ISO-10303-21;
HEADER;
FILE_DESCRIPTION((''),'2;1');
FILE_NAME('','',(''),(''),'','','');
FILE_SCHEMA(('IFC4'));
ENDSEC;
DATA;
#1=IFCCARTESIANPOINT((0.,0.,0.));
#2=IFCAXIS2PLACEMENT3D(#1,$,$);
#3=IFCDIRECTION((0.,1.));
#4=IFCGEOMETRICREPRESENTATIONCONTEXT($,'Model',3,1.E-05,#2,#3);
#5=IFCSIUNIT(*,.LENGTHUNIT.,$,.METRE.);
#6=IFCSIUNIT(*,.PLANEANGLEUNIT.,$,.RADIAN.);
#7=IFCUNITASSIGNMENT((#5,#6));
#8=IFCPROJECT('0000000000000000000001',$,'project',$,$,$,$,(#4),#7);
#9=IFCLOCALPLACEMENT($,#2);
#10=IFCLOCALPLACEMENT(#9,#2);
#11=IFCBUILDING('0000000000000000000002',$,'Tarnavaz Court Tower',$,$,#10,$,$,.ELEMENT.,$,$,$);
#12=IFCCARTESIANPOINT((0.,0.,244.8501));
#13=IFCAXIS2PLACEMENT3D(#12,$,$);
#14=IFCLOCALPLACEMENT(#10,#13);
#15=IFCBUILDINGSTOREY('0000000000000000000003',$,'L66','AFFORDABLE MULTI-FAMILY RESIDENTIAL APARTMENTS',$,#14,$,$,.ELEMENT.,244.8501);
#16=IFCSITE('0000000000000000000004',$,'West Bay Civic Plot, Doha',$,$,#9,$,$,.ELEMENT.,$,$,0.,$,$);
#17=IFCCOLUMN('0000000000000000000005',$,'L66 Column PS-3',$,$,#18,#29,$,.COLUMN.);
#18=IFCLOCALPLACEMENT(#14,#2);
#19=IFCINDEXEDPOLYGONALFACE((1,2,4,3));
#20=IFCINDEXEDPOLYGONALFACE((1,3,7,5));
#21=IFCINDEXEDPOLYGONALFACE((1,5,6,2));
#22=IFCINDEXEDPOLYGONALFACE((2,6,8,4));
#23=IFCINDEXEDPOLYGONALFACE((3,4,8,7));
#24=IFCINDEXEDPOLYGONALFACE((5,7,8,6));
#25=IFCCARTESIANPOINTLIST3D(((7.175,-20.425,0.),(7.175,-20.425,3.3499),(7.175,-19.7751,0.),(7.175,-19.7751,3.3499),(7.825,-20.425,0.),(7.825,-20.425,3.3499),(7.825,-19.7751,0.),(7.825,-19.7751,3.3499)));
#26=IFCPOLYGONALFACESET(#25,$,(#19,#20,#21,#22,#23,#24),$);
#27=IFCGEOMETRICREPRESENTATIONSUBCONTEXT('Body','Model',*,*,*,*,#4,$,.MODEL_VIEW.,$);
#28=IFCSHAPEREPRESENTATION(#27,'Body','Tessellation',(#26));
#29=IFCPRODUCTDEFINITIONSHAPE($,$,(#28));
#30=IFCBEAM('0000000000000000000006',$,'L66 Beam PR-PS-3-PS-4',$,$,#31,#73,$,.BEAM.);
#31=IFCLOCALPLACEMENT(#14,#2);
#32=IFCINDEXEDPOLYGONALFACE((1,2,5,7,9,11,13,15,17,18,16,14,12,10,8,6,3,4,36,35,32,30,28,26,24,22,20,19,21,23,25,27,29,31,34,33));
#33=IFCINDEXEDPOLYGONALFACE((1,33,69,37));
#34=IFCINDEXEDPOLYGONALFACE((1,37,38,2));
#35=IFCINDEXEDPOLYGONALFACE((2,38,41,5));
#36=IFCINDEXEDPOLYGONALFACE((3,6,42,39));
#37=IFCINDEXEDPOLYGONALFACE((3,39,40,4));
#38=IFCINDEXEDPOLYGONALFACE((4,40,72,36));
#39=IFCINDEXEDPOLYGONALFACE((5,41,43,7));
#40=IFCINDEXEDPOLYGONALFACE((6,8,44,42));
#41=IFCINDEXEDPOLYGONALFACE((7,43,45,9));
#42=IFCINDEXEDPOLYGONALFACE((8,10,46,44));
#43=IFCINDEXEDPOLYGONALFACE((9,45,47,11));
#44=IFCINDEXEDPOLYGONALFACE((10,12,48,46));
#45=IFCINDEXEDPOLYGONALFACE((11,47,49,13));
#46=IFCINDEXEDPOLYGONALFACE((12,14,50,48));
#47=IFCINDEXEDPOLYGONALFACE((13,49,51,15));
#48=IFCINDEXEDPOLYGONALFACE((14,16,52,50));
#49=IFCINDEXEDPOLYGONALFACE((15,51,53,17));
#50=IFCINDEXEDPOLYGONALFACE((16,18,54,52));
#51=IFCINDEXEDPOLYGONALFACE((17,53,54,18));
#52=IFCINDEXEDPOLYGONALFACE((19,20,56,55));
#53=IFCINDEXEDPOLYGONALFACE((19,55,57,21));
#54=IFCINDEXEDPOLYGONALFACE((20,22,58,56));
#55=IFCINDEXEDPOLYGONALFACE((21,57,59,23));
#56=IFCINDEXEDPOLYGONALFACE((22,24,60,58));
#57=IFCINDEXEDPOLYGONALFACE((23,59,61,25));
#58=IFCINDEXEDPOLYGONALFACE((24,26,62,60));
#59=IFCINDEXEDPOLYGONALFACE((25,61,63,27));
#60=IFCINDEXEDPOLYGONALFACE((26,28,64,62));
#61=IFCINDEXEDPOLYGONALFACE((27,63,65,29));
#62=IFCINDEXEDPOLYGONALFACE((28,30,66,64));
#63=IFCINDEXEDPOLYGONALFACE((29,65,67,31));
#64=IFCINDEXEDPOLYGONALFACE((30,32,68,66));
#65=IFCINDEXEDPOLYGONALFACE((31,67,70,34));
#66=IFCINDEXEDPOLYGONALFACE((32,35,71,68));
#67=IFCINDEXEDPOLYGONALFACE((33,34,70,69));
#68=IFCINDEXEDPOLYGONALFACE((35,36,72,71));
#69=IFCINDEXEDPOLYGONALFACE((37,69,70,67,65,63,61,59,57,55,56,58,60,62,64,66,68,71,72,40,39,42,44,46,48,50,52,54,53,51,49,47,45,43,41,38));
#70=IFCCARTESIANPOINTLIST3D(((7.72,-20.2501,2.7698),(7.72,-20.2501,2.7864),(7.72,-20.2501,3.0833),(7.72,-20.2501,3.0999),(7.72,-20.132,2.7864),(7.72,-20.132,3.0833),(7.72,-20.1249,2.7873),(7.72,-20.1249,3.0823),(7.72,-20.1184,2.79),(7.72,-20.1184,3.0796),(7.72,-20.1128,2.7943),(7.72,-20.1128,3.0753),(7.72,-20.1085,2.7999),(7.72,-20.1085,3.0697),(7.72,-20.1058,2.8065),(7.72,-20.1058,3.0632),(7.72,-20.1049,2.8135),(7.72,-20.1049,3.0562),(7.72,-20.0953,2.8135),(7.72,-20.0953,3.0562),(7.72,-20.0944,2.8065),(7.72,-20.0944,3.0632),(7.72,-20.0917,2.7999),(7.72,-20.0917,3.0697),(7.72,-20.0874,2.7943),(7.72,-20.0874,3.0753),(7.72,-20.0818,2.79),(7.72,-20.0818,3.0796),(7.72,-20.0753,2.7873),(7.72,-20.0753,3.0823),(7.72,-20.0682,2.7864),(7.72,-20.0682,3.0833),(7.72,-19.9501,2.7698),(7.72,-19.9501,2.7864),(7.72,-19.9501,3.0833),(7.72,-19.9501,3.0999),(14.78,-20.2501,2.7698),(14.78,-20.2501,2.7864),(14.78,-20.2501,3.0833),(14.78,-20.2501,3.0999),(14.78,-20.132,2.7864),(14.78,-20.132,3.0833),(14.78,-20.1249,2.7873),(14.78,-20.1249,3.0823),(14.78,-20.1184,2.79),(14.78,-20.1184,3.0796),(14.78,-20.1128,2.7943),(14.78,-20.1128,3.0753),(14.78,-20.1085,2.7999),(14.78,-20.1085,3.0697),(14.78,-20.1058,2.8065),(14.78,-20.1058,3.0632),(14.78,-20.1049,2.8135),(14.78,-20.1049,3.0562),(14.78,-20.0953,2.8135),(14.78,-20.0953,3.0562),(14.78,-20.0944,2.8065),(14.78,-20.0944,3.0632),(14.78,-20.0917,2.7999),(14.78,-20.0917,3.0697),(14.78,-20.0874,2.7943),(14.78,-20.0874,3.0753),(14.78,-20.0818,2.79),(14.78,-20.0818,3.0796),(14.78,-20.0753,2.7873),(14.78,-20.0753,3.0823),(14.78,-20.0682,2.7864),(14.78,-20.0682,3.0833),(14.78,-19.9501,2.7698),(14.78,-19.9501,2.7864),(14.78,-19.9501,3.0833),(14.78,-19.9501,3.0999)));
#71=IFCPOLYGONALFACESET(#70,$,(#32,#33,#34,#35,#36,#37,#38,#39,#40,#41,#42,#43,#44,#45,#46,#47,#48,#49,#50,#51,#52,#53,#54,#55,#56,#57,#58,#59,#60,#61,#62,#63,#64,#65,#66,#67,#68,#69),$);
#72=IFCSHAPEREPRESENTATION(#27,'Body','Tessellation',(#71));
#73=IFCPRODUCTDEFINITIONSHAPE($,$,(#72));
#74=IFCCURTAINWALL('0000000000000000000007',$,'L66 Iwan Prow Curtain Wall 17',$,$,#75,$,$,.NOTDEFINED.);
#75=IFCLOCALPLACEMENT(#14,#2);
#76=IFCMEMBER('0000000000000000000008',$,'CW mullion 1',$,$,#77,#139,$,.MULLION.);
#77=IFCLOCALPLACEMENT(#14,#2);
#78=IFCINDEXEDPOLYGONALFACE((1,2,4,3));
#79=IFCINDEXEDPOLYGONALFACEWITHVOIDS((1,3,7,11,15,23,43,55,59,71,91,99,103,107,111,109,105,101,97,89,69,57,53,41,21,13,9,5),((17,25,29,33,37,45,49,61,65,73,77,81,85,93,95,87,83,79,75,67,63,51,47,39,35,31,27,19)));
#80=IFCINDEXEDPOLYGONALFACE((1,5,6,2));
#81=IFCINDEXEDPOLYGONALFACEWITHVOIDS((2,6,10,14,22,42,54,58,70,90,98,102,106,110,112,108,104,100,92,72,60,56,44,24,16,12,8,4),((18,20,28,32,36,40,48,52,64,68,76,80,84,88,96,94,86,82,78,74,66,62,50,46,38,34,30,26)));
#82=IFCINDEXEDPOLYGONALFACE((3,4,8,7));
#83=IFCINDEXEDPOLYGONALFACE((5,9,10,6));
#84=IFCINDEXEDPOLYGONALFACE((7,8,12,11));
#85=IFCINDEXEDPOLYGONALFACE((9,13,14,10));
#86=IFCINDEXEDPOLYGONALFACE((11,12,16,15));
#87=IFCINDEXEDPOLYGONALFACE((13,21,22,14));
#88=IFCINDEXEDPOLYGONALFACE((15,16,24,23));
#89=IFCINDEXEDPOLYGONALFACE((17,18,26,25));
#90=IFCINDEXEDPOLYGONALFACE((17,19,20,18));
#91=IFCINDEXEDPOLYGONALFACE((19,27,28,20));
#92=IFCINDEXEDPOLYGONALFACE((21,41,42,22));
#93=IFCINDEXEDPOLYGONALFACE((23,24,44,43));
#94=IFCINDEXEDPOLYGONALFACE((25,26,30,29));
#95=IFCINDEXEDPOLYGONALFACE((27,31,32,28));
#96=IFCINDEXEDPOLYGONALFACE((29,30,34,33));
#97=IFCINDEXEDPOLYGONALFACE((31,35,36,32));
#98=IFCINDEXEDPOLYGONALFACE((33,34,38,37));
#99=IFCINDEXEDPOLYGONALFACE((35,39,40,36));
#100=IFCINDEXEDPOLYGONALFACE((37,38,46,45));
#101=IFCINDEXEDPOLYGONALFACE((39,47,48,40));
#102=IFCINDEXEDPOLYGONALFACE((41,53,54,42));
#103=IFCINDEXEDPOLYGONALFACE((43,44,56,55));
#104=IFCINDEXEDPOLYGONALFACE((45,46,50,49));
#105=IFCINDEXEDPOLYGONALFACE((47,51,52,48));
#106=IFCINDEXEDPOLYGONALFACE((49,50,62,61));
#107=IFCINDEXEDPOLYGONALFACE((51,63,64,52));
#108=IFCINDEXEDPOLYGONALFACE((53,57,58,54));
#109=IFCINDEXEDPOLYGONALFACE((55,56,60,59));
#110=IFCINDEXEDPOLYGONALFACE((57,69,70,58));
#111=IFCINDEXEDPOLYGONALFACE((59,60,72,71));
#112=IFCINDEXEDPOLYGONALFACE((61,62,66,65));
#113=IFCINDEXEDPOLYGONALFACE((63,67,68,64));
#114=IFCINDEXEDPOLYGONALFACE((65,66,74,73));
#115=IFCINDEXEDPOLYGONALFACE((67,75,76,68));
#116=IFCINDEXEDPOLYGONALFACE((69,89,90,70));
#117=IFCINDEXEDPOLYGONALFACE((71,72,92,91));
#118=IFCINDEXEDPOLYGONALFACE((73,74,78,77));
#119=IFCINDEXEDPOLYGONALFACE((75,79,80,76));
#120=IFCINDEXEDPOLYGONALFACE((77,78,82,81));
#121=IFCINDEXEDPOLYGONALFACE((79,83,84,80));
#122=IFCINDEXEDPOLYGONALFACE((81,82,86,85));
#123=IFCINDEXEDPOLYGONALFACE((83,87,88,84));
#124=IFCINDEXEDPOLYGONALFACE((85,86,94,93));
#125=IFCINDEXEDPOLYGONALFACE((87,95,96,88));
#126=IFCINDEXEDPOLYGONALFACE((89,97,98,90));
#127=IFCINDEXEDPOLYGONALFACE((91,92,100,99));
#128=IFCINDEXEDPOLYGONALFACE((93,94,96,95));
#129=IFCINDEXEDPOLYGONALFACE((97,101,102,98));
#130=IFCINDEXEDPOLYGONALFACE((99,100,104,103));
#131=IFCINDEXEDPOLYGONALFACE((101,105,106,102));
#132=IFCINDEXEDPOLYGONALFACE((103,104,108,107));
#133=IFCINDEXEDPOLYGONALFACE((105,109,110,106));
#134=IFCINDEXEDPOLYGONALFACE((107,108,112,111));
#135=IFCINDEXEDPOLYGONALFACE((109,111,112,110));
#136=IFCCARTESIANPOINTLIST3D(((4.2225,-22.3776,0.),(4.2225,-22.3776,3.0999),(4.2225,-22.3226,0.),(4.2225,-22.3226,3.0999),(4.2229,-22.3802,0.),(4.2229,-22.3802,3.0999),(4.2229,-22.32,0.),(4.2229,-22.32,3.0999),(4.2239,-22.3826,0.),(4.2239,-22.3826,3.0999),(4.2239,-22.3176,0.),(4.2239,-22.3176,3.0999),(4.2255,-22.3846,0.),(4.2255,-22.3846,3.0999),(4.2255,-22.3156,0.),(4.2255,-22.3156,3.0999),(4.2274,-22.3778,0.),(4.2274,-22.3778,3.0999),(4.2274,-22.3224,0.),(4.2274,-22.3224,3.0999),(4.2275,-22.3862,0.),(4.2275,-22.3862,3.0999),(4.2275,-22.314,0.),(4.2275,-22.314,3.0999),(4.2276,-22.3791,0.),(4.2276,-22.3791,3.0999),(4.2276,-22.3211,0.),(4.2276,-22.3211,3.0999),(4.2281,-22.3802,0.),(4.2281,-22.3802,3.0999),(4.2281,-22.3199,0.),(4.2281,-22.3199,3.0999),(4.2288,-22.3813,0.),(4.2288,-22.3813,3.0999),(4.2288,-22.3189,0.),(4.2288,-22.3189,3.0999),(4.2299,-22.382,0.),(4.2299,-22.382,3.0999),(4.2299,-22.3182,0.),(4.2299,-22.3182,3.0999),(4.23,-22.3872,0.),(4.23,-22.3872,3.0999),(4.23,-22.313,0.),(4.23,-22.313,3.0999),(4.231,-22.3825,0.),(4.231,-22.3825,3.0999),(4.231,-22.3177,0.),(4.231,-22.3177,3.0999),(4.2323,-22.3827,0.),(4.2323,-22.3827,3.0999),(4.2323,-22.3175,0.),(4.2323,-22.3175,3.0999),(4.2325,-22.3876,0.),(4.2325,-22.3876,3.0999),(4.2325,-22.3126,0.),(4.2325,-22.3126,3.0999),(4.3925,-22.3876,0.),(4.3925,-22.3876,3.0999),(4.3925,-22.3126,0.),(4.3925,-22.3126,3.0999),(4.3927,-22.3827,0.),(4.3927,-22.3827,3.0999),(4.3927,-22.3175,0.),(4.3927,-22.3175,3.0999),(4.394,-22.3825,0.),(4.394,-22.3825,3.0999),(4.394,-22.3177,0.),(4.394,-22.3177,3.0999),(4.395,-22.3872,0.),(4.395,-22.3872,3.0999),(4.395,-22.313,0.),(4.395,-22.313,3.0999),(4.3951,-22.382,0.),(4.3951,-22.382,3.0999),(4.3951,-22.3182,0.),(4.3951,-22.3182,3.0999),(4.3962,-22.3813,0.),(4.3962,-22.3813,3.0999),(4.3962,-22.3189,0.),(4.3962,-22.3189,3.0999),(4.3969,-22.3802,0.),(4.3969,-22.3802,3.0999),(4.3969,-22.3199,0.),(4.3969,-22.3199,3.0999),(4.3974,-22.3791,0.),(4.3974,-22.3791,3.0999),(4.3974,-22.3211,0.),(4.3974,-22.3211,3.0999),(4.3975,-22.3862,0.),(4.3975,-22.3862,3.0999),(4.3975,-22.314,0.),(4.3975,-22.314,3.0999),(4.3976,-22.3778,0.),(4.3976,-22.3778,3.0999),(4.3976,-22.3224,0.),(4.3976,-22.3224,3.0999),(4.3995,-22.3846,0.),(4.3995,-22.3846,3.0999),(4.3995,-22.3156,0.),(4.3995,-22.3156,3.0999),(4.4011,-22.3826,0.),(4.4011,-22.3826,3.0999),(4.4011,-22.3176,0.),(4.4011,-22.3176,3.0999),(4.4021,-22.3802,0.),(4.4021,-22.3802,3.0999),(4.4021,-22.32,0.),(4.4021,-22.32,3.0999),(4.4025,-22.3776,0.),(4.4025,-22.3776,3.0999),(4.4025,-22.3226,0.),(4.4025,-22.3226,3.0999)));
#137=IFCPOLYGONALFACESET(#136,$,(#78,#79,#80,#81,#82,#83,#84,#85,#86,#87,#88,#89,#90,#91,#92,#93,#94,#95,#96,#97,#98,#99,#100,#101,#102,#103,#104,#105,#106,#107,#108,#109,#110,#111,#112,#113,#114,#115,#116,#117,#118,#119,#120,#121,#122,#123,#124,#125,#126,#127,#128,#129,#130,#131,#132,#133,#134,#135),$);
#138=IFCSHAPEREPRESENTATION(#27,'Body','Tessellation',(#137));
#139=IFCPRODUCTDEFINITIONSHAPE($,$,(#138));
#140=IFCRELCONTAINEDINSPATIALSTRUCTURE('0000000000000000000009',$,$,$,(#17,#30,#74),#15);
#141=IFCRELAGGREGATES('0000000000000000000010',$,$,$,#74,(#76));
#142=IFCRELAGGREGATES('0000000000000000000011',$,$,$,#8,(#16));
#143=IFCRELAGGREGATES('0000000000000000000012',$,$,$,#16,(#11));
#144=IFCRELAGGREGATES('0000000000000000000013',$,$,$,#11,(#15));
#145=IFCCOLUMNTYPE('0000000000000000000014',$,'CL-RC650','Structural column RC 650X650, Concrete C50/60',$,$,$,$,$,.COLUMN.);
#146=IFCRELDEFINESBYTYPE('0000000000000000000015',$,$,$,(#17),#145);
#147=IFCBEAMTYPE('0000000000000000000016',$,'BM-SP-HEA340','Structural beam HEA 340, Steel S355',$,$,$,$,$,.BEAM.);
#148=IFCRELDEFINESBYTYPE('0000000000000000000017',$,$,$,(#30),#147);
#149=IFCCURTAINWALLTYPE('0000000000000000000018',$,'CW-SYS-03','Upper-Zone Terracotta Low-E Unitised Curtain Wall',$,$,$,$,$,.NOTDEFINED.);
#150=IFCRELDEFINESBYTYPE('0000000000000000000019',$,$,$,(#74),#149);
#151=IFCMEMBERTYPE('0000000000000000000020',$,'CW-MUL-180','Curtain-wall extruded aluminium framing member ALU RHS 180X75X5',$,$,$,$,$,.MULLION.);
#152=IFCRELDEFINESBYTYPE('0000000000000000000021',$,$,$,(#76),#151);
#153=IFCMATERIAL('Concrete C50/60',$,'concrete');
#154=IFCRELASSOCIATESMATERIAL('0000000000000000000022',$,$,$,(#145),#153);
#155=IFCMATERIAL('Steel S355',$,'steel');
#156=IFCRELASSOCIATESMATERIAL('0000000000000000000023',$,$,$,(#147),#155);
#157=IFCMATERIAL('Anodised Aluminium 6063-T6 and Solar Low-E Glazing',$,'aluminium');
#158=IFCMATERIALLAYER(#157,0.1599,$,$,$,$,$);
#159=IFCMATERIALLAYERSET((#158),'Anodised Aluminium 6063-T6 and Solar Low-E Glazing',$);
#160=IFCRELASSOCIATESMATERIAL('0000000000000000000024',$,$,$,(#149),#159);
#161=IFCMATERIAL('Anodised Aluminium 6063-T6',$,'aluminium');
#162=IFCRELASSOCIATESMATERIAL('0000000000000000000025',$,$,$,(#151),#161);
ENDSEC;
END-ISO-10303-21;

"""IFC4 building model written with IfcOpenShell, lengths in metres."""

from ifc_helpers import new_model, si_unit, direction, frame, origin, origin_2d, place, context, subcontext, project, spatial, rectangle, hollow_rectangle, i_section, extrude, material, layer, layer_set, material_profile, profile_set, type_object, element, aggregate, save


model = new_model("IFC4")

# Units and contexts
model_context = context("Model", 3, precision=1e-05, world=origin(), true_north=direction((0.0, 1.0)))
body_context = subcontext(model_context, "Body", "Model", "MODEL_VIEW")
ifc_project = project(units=[si_unit("LENGTHUNIT", "METRE"), si_unit("PLANEANGLEUNIT", "RADIAN")], contexts=[model_context])

# Site, building, storey
site_placement = place(None, origin())
site = spatial("IfcSite", under=ifc_project, at=site_placement, Name="West Bay Civic Plot, Doha", CompositionType="ELEMENT", RefElevation=0.0)
building_placement = place(site_placement, origin())
building = spatial("IfcBuilding", under=site, at=building_placement, Name="Tarnavaz Court Tower", CompositionType="ELEMENT")
storey_placement = place(building_placement, frame((0.0, 0.0, 244.8501)))
storey = spatial("IfcBuildingStorey", under=building, at=storey_placement, Name="L66", Description="AFFORDABLE MULTI-FAMILY RESIDENTIAL APARTMENTS", CompositionType="ELEMENT", Elevation=244.8501)

# Column
ifc_material_1 = material(Name="Concrete C50/60", Category="concrete")
ifc_material_profile_1 = material_profile(ifc_material_1, rectangle(XDim=0.6499, YDim=0.6499, at=origin_2d()), Name="RC 650X650")
ifc_profile_set_1 = profile_set([ifc_material_profile_1], Name="Concrete C50/60")
column_type = type_object("IfcColumnType", Name="CL-RC650", Description="Structural column RC 650X650, Concrete C50/60", PredefinedType="COLUMN", material=ifc_profile_set_1)
column_placement = place(storey_placement, frame((7.5, -20.1001, 0.0), z_axis=(0.0, 0.0, 1.0), x_axis=(1.0, 0.0, 0.0)))
element("IfcColumn", 1, at=column_placement, inside=storey, type_object=column_type, Name="L66 Column PS-3", PredefinedType="COLUMN", context=body_context, shape_type="SweptSolid", body=[
    extrude(rectangle(XDim=0.6499, YDim=0.6499, at=origin_2d()), origin(), (0.0, 0.0, 1.0), 3.3499),
])

# Beam
ifc_material_2 = material(Name="Steel S355", Category="steel")
ifc_material_profile_2 = material_profile(ifc_material_2, i_section(OverallWidth=0.3, OverallDepth=0.3301, WebThickness=0.0095, FlangeThickness=0.0166, FilletRadius=0.0271, at=origin_2d()), Name="HEA 340")
ifc_profile_set_2 = profile_set([ifc_material_profile_2], Name="Steel S355")
beam_type = type_object("IfcBeamType", Name="BM-SP-HEA340", Description="Structural beam HEA 340, Steel S355", PredefinedType="BEAM", material=ifc_profile_set_2)
beam_placement = place(storey_placement, frame((7.72, -20.1001, 2.9348), z_axis=(1.0, 0.0, 0.0), x_axis=(0.0, 1.0, 0.0)))
element("IfcBeam", 2, at=beam_placement, inside=storey, type_object=beam_type, Name="L66 Beam PR-PS-3-PS-4", PredefinedType="BEAM", context=body_context, shape_type="SweptSolid", body=[
    extrude(i_section(OverallWidth=0.3, OverallDepth=0.3301, WebThickness=0.0095, FlangeThickness=0.0166, FilletRadius=0.0271, at=origin_2d()), origin(), (0.0, 0.0, 1.0), 7.0601),
])

# Curtain wall, member
ifc_material_3 = material(Name="Anodised Aluminium 6063-T6 and Solar Low-E Glazing", Category="aluminium")
ifc_layer_1 = layer(ifc_material_3, 0.1599)
ifc_layer_set_1 = layer_set([ifc_layer_1], Name="Anodised Aluminium 6063-T6 and Solar Low-E Glazing")
curtain_wall_type = type_object("IfcCurtainWallType", Name="CW-SYS-03", Description="Upper-Zone Terracotta Low-E Unitised Curtain Wall", PredefinedType="NOTDEFINED", material=ifc_layer_set_1)
curtain_wall_placement = place(storey_placement, origin())
curtain_wall = element("IfcCurtainWall", 3, at=curtain_wall_placement, inside=storey, type_object=curtain_wall_type, Name="L66 Iwan Prow Curtain Wall 17", PredefinedType="NOTDEFINED")
ifc_material_4 = material(Name="Anodised Aluminium 6063-T6", Category="aluminium")
ifc_material_profile_3 = material_profile(ifc_material_4, hollow_rectangle(XDim=0.075, YDim=0.1799, WallThickness=0.0049, InnerFilletRadius=0.0049, OuterFilletRadius=0.01, at=origin_2d()), Name="ALU RHS 180X75X5")
ifc_profile_set_3 = profile_set([ifc_material_profile_3], Name="Anodised Aluminium 6063-T6")
member_type_1 = type_object("IfcMemberType", Name="CW-MUL-180", Description="Curtain-wall extruded aluminium framing member ALU RHS 180X75X5", PredefinedType="MULLION", material=ifc_profile_set_3)
member_1_placement = place(storey_placement, frame((4.3125, -22.3501, 0.0), z_axis=(0.0, 0.0, 1.0), x_axis=(0.0, -1.0, 0.0)))
member_1 = element("IfcMember", 4, at=member_1_placement, type_object=member_type_1, Name="CW mullion 1", PredefinedType="MULLION", context=body_context, shape_type="SweptSolid", body=[
    extrude(hollow_rectangle(XDim=0.075, YDim=0.1799, WallThickness=0.0049, InnerFilletRadius=0.0049, OuterFilletRadius=0.01, at=origin_2d()), origin(), (0.0, 0.0, 1.0), 3.0999),
])
aggregate(curtain_wall, [member_1])

save(model, "model.ifc")
